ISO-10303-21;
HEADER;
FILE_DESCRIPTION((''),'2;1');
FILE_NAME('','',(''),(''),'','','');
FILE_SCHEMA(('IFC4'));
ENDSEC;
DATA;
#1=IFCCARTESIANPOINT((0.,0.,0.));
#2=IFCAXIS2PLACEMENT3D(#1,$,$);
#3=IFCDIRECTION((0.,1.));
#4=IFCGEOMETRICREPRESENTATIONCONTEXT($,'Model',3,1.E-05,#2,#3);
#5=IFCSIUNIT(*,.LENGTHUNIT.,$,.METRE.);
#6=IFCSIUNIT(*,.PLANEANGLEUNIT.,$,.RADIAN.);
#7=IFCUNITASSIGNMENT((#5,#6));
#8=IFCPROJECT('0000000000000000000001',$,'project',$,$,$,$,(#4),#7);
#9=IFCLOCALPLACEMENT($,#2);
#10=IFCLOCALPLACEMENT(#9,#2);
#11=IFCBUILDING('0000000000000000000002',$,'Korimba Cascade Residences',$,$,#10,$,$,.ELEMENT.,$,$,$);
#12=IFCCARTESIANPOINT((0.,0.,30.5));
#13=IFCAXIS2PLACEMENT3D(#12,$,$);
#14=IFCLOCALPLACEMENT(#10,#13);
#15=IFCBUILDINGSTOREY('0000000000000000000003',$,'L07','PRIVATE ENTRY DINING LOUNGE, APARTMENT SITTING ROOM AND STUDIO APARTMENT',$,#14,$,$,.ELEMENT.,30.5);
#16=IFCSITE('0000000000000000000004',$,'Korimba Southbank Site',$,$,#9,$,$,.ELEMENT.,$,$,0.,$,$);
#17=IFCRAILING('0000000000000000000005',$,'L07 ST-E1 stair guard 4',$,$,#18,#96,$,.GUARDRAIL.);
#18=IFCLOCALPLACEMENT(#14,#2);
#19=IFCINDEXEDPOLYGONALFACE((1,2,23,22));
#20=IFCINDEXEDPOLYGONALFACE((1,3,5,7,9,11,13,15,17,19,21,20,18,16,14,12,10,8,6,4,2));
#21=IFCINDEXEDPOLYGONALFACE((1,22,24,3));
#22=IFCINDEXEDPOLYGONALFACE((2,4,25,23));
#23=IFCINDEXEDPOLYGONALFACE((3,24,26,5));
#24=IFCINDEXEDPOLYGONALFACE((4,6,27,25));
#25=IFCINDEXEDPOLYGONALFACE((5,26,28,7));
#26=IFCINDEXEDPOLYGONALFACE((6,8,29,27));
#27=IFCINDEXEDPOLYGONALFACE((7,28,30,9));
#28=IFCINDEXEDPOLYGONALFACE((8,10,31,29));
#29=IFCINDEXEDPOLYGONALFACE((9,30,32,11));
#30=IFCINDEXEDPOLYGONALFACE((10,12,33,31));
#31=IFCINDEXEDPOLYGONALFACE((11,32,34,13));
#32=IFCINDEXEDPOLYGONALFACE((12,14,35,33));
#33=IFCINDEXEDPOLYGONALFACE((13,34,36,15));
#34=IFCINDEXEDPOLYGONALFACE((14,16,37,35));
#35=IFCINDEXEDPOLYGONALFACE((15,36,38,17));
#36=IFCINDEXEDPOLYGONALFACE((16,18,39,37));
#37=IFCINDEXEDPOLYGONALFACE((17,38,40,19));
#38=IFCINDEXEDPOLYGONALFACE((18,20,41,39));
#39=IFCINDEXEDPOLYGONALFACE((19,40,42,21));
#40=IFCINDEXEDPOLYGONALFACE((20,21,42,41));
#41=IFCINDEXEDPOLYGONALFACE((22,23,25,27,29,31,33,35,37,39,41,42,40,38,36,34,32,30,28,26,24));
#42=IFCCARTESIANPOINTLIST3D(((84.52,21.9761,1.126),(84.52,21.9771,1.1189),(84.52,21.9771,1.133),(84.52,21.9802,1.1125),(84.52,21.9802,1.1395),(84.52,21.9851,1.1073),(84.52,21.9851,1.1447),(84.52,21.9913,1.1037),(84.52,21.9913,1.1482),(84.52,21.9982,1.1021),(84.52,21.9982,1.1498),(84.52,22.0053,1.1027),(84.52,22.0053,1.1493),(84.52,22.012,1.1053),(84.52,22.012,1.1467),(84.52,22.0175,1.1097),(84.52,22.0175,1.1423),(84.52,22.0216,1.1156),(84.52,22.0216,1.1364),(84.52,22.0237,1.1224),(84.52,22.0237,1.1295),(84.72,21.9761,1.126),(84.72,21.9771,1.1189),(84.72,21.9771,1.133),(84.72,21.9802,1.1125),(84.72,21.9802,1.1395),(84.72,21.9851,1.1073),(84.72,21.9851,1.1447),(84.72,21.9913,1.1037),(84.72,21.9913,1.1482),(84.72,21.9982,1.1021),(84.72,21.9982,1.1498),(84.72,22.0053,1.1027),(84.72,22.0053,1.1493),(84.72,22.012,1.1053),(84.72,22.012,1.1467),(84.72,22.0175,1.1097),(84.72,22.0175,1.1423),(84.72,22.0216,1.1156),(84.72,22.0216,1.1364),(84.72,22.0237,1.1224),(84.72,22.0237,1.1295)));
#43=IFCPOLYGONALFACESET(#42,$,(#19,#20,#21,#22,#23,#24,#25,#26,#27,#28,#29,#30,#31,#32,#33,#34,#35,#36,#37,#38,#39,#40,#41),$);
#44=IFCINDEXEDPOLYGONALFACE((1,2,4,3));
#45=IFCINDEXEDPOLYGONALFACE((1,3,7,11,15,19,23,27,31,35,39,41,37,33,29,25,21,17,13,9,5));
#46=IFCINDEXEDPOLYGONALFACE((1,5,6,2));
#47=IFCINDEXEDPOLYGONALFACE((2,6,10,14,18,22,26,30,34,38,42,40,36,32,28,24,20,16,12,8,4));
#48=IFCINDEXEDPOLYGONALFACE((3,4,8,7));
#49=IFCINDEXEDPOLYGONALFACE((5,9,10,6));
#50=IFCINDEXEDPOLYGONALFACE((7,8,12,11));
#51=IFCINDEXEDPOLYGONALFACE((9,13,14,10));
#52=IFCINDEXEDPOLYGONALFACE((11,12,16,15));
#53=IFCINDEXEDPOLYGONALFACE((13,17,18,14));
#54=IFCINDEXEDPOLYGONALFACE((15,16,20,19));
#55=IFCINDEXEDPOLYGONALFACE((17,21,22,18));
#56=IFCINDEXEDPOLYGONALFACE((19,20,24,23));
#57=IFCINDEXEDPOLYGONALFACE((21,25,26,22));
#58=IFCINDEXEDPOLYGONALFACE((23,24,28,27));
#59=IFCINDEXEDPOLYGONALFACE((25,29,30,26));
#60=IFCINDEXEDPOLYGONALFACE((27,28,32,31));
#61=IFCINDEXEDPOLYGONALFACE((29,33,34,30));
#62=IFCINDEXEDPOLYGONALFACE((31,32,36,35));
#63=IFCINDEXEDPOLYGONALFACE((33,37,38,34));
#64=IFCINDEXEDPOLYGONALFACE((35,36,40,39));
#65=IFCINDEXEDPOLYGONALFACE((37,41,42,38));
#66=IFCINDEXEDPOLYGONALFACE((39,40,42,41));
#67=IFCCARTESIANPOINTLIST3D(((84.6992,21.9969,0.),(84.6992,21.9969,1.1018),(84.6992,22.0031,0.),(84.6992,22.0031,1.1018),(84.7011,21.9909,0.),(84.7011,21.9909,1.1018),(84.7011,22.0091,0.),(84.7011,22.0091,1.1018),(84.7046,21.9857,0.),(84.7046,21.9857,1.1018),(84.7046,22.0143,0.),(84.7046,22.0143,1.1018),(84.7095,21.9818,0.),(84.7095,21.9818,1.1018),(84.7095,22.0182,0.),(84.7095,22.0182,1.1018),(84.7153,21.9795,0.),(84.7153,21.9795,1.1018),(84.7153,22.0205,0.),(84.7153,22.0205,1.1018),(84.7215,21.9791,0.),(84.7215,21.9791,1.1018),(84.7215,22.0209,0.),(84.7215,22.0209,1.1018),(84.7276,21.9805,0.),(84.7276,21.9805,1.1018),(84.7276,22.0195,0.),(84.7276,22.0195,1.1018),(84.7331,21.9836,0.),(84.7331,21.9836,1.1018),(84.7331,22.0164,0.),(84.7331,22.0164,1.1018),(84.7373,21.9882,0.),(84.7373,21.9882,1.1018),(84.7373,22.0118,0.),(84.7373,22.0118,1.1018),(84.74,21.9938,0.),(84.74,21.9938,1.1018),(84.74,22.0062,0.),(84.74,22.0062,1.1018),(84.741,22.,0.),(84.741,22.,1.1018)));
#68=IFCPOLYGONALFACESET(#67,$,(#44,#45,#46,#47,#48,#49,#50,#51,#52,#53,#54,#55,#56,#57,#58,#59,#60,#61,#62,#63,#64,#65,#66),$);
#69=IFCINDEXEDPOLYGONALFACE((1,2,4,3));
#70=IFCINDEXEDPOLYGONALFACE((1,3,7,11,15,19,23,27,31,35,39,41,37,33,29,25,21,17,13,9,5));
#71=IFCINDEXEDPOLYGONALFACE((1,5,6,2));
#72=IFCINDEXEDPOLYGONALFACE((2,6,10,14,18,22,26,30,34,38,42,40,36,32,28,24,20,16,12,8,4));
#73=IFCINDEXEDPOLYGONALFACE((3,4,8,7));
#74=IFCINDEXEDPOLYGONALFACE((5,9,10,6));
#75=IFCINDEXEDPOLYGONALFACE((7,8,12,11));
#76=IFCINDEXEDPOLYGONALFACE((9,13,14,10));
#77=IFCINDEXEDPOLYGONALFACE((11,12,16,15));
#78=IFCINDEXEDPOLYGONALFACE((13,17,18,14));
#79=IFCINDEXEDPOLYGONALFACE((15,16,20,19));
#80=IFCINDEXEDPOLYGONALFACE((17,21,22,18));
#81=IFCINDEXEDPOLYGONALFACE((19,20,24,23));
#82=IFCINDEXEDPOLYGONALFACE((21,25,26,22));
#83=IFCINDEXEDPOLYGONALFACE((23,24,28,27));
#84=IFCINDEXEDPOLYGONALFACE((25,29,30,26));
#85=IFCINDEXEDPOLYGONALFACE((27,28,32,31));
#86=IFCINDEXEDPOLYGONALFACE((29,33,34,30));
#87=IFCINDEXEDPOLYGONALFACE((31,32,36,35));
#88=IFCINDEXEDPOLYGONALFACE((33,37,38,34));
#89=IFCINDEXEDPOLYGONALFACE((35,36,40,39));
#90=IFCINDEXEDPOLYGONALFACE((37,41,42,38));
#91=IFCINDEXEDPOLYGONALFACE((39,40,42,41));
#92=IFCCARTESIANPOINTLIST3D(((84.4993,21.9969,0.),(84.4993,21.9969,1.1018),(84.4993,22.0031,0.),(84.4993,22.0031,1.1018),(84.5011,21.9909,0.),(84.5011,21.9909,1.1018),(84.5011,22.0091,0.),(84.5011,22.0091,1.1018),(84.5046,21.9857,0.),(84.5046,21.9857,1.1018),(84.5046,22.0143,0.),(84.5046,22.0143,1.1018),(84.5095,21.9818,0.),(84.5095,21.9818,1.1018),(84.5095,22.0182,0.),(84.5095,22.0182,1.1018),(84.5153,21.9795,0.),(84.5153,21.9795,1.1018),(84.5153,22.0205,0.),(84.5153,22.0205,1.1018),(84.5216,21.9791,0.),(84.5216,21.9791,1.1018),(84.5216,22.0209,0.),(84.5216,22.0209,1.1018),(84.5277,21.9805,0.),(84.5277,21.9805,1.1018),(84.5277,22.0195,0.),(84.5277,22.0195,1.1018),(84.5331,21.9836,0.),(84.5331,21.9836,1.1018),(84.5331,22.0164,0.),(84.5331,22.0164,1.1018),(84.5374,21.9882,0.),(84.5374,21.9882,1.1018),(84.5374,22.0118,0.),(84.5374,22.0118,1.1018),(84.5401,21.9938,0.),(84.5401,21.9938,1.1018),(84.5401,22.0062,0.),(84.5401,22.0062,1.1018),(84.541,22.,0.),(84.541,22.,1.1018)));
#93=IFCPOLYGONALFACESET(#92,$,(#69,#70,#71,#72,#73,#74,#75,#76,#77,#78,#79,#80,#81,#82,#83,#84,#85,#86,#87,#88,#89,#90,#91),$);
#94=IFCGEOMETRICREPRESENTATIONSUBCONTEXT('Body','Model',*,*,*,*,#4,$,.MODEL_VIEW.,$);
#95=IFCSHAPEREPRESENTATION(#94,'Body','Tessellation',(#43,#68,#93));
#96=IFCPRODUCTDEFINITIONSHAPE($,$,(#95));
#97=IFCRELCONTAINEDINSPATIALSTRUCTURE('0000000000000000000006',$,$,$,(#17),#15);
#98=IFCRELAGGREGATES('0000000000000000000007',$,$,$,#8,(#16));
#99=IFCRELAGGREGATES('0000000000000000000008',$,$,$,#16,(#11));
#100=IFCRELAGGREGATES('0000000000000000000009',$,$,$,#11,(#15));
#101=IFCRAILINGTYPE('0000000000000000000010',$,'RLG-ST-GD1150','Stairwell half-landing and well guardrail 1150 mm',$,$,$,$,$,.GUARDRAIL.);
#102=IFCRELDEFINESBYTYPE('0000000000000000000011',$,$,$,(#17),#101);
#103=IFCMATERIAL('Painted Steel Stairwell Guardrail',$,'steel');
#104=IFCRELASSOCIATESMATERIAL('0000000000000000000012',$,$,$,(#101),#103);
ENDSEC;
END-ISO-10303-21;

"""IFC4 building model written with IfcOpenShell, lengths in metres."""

from ifc_helpers import new_model, si_unit, direction, frame, origin, origin_2d, place, context, subcontext, project, spatial, circle, extrude, material, type_object, element, save


model = new_model("IFC4")

# Units and contexts
model_context = context("Model", 3, precision=1e-05, world=origin(), true_north=direction((0.0, 1.0)))
body_context = subcontext(model_context, "Body", "Model", "MODEL_VIEW")
ifc_project = project(units=[si_unit("LENGTHUNIT", "METRE"), si_unit("PLANEANGLEUNIT", "RADIAN")], contexts=[model_context])

# Site, building, storey
site_placement = place(None, origin())
site = spatial("IfcSite", under=ifc_project, at=site_placement, Name="Korimba Southbank Site", CompositionType="ELEMENT", RefElevation=0.0)
building_placement = place(site_placement, origin())
building = spatial("IfcBuilding", under=site, at=building_placement, Name="Korimba Cascade Residences", CompositionType="ELEMENT")
storey_placement = place(building_placement, frame((0.0, 0.0, 30.5)))
storey = spatial("IfcBuildingStorey", under=building, at=storey_placement, Name="L07", Description="PRIVATE ENTRY DINING LOUNGE, APARTMENT SITTING ROOM AND STUDIO APARTMENT", CompositionType="ELEMENT", Elevation=30.5)

# Railing
ifc_material_1 = material(Name="Painted Steel Stairwell Guardrail", Category="steel")
railing_type_1 = type_object("IfcRailingType", Name="RLG-ST-GD1150", Description="Stairwell half-landing and well guardrail 1150 mm", PredefinedType="GUARDRAIL", material=ifc_material_1)
railing_1_placement = place(storey_placement, frame((84.72, 22.0, 0.0)))
element("IfcRailing", 1, at=railing_1_placement, inside=storey, type_object=railing_type_1, Name="L07 ST-E1 stair guard 4", PredefinedType="GUARDRAIL", context=body_context, shape_type="SweptSolid", body=[
    extrude(circle(Radius=0.0239, at=origin_2d()), frame((0.0, 0.0, 1.126), z_axis=(-1.0, 0.0, 0.0), x_axis=(0.0, -1.0, 0.0)), (0.0, 0.0, 1.0), 0.2),
    extrude(circle(Radius=0.021, at=origin_2d()), origin(), (0.0, 0.0, 1.0), 1.1018),
    extrude(circle(Radius=0.021, at=origin_2d()), frame((-0.2, 0.0, 0.0)), (0.0, 0.0, 1.0), 1.1018),
])

save(model, "model.ifc")
